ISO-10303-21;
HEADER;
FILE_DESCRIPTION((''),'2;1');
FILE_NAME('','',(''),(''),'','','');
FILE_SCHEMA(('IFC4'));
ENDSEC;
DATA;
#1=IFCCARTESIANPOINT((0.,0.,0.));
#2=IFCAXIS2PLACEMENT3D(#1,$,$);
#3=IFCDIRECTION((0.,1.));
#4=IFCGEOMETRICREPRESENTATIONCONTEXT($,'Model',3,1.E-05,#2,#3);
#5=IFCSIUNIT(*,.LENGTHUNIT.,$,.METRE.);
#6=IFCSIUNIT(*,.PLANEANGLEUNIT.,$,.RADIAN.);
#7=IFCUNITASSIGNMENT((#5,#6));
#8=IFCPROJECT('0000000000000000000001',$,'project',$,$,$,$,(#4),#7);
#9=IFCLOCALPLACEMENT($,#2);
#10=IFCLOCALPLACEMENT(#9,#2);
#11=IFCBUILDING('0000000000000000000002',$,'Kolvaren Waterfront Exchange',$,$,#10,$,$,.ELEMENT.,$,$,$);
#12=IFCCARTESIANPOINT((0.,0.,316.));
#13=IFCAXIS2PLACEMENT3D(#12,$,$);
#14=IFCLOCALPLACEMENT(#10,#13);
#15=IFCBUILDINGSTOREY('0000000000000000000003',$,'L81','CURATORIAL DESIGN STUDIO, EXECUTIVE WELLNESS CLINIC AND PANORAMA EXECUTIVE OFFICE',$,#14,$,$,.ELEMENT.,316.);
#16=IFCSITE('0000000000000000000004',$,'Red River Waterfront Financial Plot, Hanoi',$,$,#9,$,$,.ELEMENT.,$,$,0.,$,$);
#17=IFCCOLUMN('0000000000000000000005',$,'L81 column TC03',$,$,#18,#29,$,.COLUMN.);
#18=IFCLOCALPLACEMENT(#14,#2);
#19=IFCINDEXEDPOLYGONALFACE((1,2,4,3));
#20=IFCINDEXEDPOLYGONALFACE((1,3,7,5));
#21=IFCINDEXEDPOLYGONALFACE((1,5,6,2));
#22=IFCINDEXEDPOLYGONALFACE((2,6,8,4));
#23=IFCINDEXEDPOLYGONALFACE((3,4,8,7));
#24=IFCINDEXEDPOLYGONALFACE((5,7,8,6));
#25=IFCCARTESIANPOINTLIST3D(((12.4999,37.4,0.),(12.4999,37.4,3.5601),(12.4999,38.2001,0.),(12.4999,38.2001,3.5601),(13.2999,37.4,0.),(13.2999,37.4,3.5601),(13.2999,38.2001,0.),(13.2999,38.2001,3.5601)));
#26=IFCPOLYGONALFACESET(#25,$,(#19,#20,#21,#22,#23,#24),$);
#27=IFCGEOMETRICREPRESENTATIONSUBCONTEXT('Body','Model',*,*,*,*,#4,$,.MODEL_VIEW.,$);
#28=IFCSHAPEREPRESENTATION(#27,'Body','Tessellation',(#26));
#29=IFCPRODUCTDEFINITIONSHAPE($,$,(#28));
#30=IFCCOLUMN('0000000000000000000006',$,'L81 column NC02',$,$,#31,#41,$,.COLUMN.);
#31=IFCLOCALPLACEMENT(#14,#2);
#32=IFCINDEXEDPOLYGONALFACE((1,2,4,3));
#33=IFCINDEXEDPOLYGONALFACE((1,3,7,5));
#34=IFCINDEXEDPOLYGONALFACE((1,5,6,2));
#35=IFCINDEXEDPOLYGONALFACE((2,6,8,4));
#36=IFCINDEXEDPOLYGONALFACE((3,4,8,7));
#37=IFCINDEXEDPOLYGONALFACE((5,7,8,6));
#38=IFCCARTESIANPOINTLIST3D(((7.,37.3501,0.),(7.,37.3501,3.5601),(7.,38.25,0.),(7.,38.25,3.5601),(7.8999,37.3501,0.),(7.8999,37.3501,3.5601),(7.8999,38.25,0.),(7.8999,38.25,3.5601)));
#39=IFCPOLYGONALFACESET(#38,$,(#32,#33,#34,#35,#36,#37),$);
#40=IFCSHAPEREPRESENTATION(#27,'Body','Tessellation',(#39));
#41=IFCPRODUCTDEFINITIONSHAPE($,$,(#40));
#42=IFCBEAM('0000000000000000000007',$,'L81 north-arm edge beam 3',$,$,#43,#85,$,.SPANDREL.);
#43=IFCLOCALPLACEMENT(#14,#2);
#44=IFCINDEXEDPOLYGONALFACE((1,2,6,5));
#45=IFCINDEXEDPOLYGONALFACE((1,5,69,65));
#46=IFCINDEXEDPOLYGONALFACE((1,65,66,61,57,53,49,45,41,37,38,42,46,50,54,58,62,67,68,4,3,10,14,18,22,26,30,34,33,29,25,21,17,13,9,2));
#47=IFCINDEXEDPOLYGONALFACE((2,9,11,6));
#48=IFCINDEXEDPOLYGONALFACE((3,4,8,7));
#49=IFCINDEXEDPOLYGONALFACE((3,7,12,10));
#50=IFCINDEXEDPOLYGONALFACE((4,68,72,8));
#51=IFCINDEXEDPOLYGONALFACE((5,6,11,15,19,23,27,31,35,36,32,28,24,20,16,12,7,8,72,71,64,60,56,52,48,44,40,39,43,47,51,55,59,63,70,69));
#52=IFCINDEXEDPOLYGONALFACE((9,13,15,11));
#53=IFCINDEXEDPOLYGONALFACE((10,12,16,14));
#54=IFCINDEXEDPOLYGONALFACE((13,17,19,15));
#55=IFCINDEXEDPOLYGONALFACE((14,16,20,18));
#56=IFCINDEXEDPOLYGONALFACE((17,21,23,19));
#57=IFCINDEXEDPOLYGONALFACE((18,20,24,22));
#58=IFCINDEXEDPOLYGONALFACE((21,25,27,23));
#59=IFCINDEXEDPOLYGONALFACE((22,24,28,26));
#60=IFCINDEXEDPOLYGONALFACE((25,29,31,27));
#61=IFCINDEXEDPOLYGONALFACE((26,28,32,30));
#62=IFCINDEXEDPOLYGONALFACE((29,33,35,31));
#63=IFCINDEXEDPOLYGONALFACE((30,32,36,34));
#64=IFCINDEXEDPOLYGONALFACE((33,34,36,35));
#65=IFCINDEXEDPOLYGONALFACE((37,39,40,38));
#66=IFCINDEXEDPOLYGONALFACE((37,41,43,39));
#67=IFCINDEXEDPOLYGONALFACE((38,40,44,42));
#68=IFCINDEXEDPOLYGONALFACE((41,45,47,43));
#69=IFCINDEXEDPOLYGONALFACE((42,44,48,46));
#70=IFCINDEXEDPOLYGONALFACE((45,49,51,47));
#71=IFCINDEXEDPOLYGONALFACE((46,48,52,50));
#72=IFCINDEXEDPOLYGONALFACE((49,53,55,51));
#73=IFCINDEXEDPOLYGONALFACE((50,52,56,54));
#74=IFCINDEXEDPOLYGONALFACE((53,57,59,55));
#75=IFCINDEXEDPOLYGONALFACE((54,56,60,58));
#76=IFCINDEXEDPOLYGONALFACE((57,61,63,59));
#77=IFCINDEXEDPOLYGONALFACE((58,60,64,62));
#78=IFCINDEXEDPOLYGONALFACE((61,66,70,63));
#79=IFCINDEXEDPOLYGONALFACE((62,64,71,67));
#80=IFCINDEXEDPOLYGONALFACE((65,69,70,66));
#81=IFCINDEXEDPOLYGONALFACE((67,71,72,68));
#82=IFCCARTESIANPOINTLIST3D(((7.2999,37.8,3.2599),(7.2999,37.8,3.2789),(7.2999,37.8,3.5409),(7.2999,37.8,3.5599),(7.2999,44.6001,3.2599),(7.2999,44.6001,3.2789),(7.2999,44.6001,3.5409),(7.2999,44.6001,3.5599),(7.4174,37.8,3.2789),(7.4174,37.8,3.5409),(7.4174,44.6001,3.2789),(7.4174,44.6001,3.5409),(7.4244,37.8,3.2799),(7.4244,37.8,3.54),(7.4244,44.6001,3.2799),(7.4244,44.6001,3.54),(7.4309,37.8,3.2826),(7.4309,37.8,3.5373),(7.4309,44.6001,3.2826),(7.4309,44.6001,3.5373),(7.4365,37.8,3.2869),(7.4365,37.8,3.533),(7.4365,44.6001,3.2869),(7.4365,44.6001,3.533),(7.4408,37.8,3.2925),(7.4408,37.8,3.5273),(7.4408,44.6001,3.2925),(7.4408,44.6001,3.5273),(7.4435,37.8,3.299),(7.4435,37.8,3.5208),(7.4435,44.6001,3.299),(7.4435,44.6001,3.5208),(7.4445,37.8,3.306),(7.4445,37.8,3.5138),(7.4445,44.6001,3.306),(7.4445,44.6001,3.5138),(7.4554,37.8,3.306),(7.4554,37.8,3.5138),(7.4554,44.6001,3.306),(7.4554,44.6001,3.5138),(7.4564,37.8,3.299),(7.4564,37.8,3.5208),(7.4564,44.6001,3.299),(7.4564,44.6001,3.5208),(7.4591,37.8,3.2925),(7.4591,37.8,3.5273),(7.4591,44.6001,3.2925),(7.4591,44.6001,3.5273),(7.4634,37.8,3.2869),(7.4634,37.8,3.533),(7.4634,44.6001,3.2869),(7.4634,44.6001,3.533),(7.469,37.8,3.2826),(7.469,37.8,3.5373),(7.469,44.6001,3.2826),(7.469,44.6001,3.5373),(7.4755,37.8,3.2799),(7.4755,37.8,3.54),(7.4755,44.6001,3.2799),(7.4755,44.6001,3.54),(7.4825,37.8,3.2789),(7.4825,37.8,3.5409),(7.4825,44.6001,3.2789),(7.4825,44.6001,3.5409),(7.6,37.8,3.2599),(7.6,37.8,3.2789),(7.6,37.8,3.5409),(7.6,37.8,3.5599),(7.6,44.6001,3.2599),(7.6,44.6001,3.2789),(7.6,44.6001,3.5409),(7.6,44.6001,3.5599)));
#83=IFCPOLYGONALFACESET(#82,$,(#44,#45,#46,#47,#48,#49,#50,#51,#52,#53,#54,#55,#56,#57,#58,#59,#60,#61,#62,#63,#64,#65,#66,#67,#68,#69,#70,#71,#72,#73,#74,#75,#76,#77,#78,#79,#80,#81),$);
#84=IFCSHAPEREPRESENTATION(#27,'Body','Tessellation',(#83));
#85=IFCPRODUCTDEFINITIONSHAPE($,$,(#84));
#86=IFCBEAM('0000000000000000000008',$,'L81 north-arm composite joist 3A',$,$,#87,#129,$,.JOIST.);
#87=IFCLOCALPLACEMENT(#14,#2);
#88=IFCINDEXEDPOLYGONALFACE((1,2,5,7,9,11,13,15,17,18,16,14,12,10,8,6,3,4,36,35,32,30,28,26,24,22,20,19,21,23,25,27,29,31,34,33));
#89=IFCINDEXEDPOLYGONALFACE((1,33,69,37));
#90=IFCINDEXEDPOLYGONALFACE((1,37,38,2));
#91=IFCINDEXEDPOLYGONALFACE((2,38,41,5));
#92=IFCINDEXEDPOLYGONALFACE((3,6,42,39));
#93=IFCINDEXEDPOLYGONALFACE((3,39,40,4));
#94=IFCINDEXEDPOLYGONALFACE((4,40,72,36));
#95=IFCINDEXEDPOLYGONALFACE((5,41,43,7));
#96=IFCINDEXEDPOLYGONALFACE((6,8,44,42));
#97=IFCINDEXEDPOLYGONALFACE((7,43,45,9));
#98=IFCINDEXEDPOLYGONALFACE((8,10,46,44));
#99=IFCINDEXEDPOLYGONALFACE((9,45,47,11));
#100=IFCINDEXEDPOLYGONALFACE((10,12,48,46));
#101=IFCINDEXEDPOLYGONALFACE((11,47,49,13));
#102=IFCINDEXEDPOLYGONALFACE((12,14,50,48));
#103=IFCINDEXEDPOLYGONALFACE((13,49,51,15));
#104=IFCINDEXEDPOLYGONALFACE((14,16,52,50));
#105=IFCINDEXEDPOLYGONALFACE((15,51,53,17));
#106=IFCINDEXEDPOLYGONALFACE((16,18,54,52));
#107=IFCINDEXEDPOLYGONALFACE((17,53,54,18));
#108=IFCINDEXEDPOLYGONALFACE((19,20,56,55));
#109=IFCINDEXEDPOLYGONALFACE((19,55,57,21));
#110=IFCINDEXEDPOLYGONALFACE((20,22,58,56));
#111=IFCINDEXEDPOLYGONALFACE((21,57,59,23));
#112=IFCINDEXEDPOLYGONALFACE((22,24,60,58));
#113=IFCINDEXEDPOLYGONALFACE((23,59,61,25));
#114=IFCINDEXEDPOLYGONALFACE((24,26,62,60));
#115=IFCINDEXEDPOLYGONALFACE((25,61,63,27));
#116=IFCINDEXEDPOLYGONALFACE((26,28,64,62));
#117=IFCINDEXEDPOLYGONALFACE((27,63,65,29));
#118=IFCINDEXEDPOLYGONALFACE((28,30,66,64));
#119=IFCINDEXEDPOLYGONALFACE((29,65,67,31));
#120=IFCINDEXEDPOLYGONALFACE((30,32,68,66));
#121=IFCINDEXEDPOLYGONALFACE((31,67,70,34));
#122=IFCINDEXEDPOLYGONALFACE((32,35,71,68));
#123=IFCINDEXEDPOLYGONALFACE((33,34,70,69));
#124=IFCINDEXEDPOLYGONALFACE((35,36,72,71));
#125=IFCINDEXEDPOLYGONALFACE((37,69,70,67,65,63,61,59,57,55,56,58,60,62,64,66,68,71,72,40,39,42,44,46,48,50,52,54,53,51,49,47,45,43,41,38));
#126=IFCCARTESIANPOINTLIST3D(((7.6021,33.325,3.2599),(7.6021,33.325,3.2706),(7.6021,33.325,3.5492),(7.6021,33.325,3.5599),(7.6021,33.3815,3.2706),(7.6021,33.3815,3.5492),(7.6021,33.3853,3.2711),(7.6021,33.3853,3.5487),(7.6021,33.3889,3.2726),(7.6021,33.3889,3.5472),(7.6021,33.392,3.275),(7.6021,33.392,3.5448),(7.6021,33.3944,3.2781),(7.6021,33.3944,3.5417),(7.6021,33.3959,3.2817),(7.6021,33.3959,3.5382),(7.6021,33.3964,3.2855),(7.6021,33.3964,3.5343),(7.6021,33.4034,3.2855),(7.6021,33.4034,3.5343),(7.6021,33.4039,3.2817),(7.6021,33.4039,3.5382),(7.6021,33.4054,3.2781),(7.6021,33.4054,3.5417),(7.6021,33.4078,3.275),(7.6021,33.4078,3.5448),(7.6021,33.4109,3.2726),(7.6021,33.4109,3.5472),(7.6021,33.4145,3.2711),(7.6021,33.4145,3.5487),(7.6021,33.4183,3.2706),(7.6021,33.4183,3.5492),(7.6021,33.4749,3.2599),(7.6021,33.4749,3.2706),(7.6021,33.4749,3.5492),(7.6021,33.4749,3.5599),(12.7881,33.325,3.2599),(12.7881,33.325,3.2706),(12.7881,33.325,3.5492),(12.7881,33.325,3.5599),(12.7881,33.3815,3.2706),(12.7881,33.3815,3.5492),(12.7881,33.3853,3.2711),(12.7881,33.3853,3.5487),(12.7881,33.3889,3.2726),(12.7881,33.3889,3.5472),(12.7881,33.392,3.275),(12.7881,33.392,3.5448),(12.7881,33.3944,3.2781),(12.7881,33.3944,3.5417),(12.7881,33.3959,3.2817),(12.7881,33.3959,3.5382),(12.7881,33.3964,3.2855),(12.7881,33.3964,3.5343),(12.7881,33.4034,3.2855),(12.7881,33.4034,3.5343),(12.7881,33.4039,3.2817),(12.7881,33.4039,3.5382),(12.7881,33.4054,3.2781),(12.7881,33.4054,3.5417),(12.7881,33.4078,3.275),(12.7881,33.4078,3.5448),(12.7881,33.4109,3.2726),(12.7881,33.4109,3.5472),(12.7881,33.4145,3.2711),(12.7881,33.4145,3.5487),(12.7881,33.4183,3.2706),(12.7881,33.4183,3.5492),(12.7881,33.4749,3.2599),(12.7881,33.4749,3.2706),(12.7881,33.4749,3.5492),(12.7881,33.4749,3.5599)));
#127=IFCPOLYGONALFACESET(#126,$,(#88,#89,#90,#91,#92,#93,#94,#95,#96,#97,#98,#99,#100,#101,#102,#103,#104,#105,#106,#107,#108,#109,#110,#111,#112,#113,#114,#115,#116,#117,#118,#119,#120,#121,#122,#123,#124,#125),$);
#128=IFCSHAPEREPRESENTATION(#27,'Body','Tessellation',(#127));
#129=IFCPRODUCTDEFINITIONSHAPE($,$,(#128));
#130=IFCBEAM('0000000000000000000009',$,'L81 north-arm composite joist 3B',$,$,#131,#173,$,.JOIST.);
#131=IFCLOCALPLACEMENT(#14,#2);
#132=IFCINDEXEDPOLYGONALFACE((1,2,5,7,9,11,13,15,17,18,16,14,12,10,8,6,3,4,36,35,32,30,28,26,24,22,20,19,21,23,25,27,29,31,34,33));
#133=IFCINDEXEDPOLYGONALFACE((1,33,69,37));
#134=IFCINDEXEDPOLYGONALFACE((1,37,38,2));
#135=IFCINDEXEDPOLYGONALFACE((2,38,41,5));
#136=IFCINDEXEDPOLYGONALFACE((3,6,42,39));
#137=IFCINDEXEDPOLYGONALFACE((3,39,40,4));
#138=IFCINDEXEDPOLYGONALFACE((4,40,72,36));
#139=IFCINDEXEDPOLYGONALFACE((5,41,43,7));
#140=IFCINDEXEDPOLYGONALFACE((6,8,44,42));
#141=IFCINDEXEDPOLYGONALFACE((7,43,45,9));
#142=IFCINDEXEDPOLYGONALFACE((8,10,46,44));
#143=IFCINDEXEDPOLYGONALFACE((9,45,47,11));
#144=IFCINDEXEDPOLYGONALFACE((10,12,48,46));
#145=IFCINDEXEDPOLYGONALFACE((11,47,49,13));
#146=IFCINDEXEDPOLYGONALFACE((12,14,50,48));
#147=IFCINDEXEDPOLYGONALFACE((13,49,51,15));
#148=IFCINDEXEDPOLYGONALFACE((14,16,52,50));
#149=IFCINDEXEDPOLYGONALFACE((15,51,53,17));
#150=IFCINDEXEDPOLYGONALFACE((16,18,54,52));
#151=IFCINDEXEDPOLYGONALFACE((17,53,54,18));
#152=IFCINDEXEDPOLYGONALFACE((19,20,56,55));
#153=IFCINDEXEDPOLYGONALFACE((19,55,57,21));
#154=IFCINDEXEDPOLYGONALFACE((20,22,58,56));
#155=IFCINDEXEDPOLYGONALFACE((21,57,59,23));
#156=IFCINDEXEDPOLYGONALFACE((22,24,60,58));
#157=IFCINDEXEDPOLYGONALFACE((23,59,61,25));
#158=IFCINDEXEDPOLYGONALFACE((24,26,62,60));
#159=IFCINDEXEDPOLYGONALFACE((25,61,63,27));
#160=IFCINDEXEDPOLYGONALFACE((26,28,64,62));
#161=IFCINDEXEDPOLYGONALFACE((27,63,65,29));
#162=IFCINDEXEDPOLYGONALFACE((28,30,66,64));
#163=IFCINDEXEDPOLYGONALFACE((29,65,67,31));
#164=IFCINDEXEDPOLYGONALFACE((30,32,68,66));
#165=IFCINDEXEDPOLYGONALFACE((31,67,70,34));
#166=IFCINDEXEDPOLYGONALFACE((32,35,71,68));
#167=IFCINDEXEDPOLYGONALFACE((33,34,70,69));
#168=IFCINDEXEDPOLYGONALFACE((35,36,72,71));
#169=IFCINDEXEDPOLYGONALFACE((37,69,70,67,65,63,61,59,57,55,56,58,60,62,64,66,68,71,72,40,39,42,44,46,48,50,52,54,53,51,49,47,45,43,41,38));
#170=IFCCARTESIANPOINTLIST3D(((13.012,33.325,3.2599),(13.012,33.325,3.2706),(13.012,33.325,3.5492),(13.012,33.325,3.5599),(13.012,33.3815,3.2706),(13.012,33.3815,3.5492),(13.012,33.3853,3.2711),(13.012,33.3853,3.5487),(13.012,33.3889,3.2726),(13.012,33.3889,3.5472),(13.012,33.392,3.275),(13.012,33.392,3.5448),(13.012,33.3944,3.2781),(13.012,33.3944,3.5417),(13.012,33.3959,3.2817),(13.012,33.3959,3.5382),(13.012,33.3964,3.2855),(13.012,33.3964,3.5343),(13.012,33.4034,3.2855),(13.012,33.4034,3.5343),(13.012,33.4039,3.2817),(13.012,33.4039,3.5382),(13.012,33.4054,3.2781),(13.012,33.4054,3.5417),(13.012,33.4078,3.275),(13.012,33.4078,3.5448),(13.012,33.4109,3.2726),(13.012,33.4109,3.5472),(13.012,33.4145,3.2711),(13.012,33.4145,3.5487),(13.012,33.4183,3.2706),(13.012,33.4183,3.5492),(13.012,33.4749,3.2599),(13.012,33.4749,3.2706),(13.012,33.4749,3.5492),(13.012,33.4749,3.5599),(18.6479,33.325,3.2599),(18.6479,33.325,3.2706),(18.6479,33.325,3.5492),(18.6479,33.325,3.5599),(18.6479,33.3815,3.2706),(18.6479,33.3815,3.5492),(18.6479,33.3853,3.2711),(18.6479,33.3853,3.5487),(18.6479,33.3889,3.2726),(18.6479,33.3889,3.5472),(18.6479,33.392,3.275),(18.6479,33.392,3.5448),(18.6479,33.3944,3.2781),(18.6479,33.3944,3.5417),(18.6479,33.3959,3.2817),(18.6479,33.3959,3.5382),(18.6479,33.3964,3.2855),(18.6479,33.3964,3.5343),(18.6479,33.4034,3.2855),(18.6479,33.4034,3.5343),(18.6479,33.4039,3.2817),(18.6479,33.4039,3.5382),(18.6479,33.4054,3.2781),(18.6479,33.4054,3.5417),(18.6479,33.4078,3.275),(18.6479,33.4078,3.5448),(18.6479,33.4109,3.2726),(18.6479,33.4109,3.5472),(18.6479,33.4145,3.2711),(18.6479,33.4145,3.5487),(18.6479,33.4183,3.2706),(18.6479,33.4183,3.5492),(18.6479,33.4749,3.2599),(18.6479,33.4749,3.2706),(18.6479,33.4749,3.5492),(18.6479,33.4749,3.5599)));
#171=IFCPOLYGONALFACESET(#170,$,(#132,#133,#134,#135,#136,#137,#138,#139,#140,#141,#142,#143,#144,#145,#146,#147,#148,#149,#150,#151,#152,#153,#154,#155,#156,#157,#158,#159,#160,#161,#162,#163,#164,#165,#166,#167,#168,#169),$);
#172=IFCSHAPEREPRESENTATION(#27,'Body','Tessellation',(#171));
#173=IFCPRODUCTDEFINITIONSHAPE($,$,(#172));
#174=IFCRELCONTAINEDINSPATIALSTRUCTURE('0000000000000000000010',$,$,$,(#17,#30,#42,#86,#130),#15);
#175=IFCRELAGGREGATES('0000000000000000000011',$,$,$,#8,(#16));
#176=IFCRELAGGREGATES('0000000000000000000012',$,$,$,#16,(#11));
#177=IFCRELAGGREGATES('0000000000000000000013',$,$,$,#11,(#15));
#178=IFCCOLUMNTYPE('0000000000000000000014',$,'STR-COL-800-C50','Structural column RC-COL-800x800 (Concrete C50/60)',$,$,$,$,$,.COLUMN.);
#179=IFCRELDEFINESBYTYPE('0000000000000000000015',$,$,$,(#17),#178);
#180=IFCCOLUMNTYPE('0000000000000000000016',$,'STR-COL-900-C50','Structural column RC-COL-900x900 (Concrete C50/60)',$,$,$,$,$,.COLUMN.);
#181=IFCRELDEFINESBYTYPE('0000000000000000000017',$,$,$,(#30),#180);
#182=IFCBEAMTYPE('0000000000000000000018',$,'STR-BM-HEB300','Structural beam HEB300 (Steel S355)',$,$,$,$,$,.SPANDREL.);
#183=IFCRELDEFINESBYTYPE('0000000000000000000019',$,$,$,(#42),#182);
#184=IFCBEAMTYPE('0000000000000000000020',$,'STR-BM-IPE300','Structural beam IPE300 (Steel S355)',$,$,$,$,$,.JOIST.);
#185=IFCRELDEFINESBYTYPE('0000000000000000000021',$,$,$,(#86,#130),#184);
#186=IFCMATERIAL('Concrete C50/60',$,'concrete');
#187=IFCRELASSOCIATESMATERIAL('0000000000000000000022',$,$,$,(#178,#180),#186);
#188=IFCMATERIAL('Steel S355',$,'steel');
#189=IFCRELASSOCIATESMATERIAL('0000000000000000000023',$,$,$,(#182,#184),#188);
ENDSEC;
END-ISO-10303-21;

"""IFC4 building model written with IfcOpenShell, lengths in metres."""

from ifc_helpers import new_model, si_unit, direction, frame, origin, origin_2d, place, context, subcontext, project, spatial, rectangle, i_section, extrude, material, material_profile, profile_set, type_object, element, save


model = new_model("IFC4")

# Units and contexts
model_context = context("Model", 3, precision=1e-05, world=origin(), true_north=direction((0.0, 1.0)))
body_context = subcontext(model_context, "Body", "Model", "MODEL_VIEW")
ifc_project = project(units=[si_unit("LENGTHUNIT", "METRE"), si_unit("PLANEANGLEUNIT", "RADIAN")], contexts=[model_context])

# Site, building, storey
site_placement = place(None, origin())
site = spatial("IfcSite", under=ifc_project, at=site_placement, Name="Red River Waterfront Financial Plot, Hanoi", CompositionType="ELEMENT", RefElevation=0.0)
building_placement = place(site_placement, origin())
building = spatial("IfcBuilding", under=site, at=building_placement, Name="Kolvaren Waterfront Exchange", CompositionType="ELEMENT")
storey_placement = place(building_placement, frame((0.0, 0.0, 316.0)))
storey = spatial("IfcBuildingStorey", under=building, at=storey_placement, Name="L81", Description="CURATORIAL DESIGN STUDIO, EXECUTIVE WELLNESS CLINIC AND PANORAMA EXECUTIVE OFFICE", CompositionType="ELEMENT", Elevation=316.0)

# Columns
ifc_material_1 = material(Name="Concrete C50/60", Category="concrete")
ifc_material_profile_1 = material_profile(ifc_material_1, rectangle(XDim=0.8, YDim=0.8, at=origin_2d()), Name="RC-COL-800x800")
ifc_profile_set_1 = profile_set([ifc_material_profile_1], Name="Concrete C50/60")
column_type_1 = type_object("IfcColumnType", Name="STR-COL-800-C50", Description="Structural column RC-COL-800x800 (Concrete C50/60)", PredefinedType="COLUMN", material=ifc_profile_set_1)
column_1_placement = place(storey_placement, frame((12.8999, 37.8, 0.0), z_axis=(0.0, 0.0, 1.0), x_axis=(1.0, 0.0, 0.0)))
element("IfcColumn", 1, at=column_1_placement, inside=storey, type_object=column_type_1, Name="L81 column TC03", PredefinedType="COLUMN", context=body_context, shape_type="SweptSolid", body=[
    extrude(rectangle(XDim=0.8, YDim=0.8, at=origin_2d()), origin(), (0.0, 0.0, 1.0), 3.5601),
])
ifc_material_profile_2 = material_profile(ifc_material_1, rectangle(XDim=0.8999, YDim=0.8999, at=origin_2d()), Name="RC-COL-900x900")
ifc_profile_set_2 = profile_set([ifc_material_profile_2], Name="Concrete C50/60")
column_type_2 = type_object("IfcColumnType", Name="STR-COL-900-C50", Description="Structural column RC-COL-900x900 (Concrete C50/60)", PredefinedType="COLUMN", material=ifc_profile_set_2)
column_2_placement = place(storey_placement, frame((7.45, 37.8, 0.0), z_axis=(0.0, 0.0, 1.0), x_axis=(1.0, 0.0, 0.0)))
element("IfcColumn", 2, at=column_2_placement, inside=storey, type_object=column_type_2, Name="L81 column NC02", PredefinedType="COLUMN", context=body_context, shape_type="SweptSolid", body=[
    extrude(rectangle(XDim=0.8999, YDim=0.8999, at=origin_2d()), origin(), (0.0, 0.0, 1.0), 3.5601),
])

# Beams
ifc_material_2 = material(Name="Steel S355", Category="steel")
ifc_material_profile_3 = material_profile(ifc_material_2, i_section(OverallWidth=0.3, OverallDepth=0.3, WebThickness=0.011, FlangeThickness=0.019, FilletRadius=0.0271, at=origin_2d()), Name="HEB300")
ifc_profile_set_3 = profile_set([ifc_material_profile_3], Name="Steel S355")
beam_type_1 = type_object("IfcBeamType", Name="STR-BM-HEB300", Description="Structural beam HEB300 (Steel S355)", PredefinedType="SPANDREL", material=ifc_profile_set_3)
beam_1_placement = place(storey_placement, frame((7.45, 37.8, 3.4099), z_axis=(0.0, 1.0, 0.0), x_axis=(-1.0, 0.0, 0.0)))
element("IfcBeam", 3, at=beam_1_placement, inside=storey, type_object=beam_type_1, Name="L81 north-arm edge beam 3", PredefinedType="SPANDREL", context=body_context, shape_type="SweptSolid", body=[
    extrude(i_section(OverallWidth=0.3, OverallDepth=0.3, WebThickness=0.011, FlangeThickness=0.019, FilletRadius=0.0271, at=origin_2d()), origin(), (0.0, 0.0, 1.0), 6.8),
])
ifc_material_profile_4 = material_profile(ifc_material_2, i_section(OverallWidth=0.1499, OverallDepth=0.3, WebThickness=0.0071, FlangeThickness=0.0107, FilletRadius=0.0149, at=origin_2d()), Name="IPE300")
ifc_profile_set_4 = profile_set([ifc_material_profile_4], Name="Steel S355")
beam_type_2 = type_object("IfcBeamType", Name="STR-BM-IPE300", Description="Structural beam IPE300 (Steel S355)", PredefinedType="JOIST", material=ifc_profile_set_4)
beam_2_placement = place(storey_placement, frame((7.6021, 33.3999, 3.4099), z_axis=(1.0, 0.0, 0.0), x_axis=(0.0, 1.0, 0.0)))
element("IfcBeam", 4, at=beam_2_placement, inside=storey, type_object=beam_type_2, Name="L81 north-arm composite joist 3A", PredefinedType="JOIST", context=body_context, shape_type="SweptSolid", body=[
    extrude(i_section(OverallWidth=0.1499, OverallDepth=0.3, WebThickness=0.0071, FlangeThickness=0.0107, FilletRadius=0.0149, at=origin_2d()), origin(), (0.0, 0.0, 1.0), 5.186),
])
beam_3_placement = place(storey_placement, frame((13.012, 33.3999, 3.4099), z_axis=(1.0, 0.0, 0.0), x_axis=(0.0, 1.0, 0.0)))
element("IfcBeam", 5, at=beam_3_placement, inside=storey, type_object=beam_type_2, Name="L81 north-arm composite joist 3B", PredefinedType="JOIST", context=body_context, shape_type="SweptSolid", body=[
    extrude(i_section(OverallWidth=0.1499, OverallDepth=0.3, WebThickness=0.0071, FlangeThickness=0.0107, FilletRadius=0.0149, at=origin_2d()), origin(), (0.0, 0.0, 1.0), 5.636),
])

save(model, "model.ifc")
